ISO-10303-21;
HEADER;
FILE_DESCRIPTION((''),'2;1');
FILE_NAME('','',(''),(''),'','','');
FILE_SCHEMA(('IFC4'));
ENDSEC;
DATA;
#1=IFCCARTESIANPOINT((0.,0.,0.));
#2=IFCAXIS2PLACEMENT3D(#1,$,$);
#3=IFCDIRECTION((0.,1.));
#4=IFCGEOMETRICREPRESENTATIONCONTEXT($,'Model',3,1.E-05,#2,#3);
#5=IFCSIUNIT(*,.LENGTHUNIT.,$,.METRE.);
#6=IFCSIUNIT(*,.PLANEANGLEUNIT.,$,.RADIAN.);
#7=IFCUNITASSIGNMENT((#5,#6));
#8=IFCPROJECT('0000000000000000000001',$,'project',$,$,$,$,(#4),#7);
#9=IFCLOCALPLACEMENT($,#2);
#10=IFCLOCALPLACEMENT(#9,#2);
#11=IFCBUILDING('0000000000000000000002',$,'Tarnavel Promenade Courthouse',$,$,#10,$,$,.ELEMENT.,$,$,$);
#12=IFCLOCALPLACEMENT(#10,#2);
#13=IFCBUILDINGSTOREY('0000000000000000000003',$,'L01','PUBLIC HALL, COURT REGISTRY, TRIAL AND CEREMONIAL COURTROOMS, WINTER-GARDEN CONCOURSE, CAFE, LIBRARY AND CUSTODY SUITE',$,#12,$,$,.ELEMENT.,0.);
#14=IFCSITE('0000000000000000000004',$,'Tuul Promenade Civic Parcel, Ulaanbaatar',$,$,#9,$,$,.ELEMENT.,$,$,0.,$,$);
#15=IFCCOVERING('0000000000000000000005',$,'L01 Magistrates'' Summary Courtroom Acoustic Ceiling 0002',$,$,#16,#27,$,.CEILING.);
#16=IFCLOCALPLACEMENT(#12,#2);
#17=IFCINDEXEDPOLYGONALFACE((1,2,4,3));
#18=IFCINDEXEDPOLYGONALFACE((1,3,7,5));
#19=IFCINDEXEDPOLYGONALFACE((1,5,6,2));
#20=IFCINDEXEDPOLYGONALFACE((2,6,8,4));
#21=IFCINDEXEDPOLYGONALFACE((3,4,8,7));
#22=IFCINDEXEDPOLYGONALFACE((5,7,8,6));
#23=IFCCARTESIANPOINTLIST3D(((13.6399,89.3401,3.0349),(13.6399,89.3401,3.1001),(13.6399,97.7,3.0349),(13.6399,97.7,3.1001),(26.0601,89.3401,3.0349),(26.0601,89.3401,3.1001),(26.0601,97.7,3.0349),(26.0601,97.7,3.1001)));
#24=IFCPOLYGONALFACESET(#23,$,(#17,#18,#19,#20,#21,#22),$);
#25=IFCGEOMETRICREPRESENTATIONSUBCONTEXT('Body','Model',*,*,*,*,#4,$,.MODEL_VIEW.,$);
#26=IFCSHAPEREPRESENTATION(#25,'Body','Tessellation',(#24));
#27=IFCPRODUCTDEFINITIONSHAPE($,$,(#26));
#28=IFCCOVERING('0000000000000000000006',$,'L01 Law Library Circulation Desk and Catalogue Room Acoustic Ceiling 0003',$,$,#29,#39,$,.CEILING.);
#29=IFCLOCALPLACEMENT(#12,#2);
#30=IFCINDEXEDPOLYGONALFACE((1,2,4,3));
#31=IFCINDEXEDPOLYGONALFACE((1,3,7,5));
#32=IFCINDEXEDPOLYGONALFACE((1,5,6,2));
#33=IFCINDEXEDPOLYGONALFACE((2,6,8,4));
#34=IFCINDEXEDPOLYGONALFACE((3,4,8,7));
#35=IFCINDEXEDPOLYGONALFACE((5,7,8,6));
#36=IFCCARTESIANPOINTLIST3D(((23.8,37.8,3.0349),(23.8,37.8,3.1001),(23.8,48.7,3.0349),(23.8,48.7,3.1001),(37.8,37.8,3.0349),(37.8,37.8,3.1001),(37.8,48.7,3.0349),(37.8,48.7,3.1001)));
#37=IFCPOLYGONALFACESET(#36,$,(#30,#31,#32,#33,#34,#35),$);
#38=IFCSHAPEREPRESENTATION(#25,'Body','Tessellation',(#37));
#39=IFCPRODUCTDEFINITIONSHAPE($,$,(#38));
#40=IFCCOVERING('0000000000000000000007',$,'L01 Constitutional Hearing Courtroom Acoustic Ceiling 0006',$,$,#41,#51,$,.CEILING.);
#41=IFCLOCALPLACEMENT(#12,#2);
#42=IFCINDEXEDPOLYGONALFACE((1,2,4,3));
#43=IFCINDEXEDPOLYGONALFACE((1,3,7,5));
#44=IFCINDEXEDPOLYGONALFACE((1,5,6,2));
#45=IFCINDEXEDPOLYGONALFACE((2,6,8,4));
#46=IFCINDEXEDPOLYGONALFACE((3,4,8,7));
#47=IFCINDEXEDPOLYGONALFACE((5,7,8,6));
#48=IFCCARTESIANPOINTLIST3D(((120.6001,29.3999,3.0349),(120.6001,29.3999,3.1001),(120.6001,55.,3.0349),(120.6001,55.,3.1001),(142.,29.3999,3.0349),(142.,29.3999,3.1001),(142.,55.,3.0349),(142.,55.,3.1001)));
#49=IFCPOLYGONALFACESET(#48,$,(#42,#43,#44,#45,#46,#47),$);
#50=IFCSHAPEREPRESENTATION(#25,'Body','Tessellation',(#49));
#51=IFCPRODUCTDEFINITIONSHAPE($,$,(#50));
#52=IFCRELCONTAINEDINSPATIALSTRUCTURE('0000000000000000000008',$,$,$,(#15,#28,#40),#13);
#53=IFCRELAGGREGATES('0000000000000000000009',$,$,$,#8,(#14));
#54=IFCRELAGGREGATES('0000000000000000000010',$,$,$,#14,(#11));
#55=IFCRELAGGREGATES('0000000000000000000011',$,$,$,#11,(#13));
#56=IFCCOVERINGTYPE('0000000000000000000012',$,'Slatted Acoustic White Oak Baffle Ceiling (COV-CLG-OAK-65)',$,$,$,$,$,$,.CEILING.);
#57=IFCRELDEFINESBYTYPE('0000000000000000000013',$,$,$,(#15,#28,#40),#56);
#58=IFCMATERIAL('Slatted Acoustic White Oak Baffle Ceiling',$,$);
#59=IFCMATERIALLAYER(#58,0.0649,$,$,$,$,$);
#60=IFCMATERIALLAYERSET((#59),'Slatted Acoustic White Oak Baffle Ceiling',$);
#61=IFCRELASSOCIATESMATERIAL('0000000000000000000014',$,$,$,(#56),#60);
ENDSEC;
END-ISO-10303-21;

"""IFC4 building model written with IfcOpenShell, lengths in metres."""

from ifc_helpers import new_model, si_unit, direction, frame, origin, place, context, subcontext, project, spatial, polyline, outline, extrude, material, layer, layer_set, type_object, element, save


model = new_model("IFC4")

# Units and contexts
model_context = context("Model", 3, precision=1e-05, world=origin(), true_north=direction((0.0, 1.0)))
body_context = subcontext(model_context, "Body", "Model", "MODEL_VIEW")
ifc_project = project(units=[si_unit("LENGTHUNIT", "METRE"), si_unit("PLANEANGLEUNIT", "RADIAN")], contexts=[model_context])

# Site, building, storey
site_placement = place(None, origin())
site = spatial("IfcSite", under=ifc_project, at=site_placement, Name="Tuul Promenade Civic Parcel, Ulaanbaatar", CompositionType="ELEMENT", RefElevation=0.0)
building_placement = place(site_placement, origin())
building = spatial("IfcBuilding", under=site, at=building_placement, Name="Tarnavel Promenade Courthouse", CompositionType="ELEMENT")
storey_placement = place(building_placement, origin())
storey = spatial("IfcBuildingStorey", under=building, at=storey_placement, Name="L01", Description="PUBLIC HALL, COURT REGISTRY, TRIAL AND CEREMONIAL COURTROOMS, WINTER-GARDEN CONCOURSE, CAFE, LIBRARY AND CUSTODY SUITE", CompositionType="ELEMENT", Elevation=0.0)

# Coverings
ifc_material_1 = material(Name="Slatted Acoustic White Oak Baffle Ceiling")
ifc_layer_1 = layer(ifc_material_1, 0.0649)
ifc_layer_set_1 = layer_set([ifc_layer_1], Name="Slatted Acoustic White Oak Baffle Ceiling")
covering_type_1 = type_object("IfcCoveringType", Name="Slatted Acoustic White Oak Baffle Ceiling (COV-CLG-OAK-65)", PredefinedType="CEILING", material=ifc_layer_set_1)
covering_1_placement = place(storey_placement, frame((0.0, 0.0, 3.0349)))
element("IfcCovering", 1, at=covering_1_placement, inside=storey, type_object=covering_type_1, Name="L01 Magistrates' Summary Courtroom Acoustic Ceiling 0002", PredefinedType="CEILING", context=body_context, shape_type="SweptSolid", body=[
    extrude(outline(polyline([(13.6399, 89.3401), (26.0601, 89.3401), (26.0601, 97.7), (13.6399, 97.7), (13.6399, 89.3401)])), origin(), (0.0, 0.0, 1.0), 0.0652),
])
covering_2_placement = place(storey_placement, frame((0.0, 0.0, 3.0349)))
element("IfcCovering", 2, at=covering_2_placement, inside=storey, type_object=covering_type_1, Name="L01 Law Library Circulation Desk and Catalogue Room Acoustic Ceiling 0003", PredefinedType="CEILING", context=body_context, shape_type="SweptSolid", body=[
    extrude(outline(polyline([(23.8, 37.8), (37.8, 37.8), (37.8, 48.7), (23.8, 48.7), (23.8, 37.8)])), origin(), (0.0, 0.0, 1.0), 0.0652),
])
covering_3_placement = place(storey_placement, frame((0.0, 0.0, 3.0349)))
element("IfcCovering", 3, at=covering_3_placement, inside=storey, type_object=covering_type_1, Name="L01 Constitutional Hearing Courtroom Acoustic Ceiling 0006", PredefinedType="CEILING", context=body_context, shape_type="SweptSolid", body=[
    extrude(outline(polyline([(120.6001, 29.3999), (142.0, 29.3999), (142.0, 55.0), (120.6001, 55.0), (120.6001, 29.3999)])), origin(), (0.0, 0.0, 1.0), 0.0652),
])

save(model, "model.ifc")
